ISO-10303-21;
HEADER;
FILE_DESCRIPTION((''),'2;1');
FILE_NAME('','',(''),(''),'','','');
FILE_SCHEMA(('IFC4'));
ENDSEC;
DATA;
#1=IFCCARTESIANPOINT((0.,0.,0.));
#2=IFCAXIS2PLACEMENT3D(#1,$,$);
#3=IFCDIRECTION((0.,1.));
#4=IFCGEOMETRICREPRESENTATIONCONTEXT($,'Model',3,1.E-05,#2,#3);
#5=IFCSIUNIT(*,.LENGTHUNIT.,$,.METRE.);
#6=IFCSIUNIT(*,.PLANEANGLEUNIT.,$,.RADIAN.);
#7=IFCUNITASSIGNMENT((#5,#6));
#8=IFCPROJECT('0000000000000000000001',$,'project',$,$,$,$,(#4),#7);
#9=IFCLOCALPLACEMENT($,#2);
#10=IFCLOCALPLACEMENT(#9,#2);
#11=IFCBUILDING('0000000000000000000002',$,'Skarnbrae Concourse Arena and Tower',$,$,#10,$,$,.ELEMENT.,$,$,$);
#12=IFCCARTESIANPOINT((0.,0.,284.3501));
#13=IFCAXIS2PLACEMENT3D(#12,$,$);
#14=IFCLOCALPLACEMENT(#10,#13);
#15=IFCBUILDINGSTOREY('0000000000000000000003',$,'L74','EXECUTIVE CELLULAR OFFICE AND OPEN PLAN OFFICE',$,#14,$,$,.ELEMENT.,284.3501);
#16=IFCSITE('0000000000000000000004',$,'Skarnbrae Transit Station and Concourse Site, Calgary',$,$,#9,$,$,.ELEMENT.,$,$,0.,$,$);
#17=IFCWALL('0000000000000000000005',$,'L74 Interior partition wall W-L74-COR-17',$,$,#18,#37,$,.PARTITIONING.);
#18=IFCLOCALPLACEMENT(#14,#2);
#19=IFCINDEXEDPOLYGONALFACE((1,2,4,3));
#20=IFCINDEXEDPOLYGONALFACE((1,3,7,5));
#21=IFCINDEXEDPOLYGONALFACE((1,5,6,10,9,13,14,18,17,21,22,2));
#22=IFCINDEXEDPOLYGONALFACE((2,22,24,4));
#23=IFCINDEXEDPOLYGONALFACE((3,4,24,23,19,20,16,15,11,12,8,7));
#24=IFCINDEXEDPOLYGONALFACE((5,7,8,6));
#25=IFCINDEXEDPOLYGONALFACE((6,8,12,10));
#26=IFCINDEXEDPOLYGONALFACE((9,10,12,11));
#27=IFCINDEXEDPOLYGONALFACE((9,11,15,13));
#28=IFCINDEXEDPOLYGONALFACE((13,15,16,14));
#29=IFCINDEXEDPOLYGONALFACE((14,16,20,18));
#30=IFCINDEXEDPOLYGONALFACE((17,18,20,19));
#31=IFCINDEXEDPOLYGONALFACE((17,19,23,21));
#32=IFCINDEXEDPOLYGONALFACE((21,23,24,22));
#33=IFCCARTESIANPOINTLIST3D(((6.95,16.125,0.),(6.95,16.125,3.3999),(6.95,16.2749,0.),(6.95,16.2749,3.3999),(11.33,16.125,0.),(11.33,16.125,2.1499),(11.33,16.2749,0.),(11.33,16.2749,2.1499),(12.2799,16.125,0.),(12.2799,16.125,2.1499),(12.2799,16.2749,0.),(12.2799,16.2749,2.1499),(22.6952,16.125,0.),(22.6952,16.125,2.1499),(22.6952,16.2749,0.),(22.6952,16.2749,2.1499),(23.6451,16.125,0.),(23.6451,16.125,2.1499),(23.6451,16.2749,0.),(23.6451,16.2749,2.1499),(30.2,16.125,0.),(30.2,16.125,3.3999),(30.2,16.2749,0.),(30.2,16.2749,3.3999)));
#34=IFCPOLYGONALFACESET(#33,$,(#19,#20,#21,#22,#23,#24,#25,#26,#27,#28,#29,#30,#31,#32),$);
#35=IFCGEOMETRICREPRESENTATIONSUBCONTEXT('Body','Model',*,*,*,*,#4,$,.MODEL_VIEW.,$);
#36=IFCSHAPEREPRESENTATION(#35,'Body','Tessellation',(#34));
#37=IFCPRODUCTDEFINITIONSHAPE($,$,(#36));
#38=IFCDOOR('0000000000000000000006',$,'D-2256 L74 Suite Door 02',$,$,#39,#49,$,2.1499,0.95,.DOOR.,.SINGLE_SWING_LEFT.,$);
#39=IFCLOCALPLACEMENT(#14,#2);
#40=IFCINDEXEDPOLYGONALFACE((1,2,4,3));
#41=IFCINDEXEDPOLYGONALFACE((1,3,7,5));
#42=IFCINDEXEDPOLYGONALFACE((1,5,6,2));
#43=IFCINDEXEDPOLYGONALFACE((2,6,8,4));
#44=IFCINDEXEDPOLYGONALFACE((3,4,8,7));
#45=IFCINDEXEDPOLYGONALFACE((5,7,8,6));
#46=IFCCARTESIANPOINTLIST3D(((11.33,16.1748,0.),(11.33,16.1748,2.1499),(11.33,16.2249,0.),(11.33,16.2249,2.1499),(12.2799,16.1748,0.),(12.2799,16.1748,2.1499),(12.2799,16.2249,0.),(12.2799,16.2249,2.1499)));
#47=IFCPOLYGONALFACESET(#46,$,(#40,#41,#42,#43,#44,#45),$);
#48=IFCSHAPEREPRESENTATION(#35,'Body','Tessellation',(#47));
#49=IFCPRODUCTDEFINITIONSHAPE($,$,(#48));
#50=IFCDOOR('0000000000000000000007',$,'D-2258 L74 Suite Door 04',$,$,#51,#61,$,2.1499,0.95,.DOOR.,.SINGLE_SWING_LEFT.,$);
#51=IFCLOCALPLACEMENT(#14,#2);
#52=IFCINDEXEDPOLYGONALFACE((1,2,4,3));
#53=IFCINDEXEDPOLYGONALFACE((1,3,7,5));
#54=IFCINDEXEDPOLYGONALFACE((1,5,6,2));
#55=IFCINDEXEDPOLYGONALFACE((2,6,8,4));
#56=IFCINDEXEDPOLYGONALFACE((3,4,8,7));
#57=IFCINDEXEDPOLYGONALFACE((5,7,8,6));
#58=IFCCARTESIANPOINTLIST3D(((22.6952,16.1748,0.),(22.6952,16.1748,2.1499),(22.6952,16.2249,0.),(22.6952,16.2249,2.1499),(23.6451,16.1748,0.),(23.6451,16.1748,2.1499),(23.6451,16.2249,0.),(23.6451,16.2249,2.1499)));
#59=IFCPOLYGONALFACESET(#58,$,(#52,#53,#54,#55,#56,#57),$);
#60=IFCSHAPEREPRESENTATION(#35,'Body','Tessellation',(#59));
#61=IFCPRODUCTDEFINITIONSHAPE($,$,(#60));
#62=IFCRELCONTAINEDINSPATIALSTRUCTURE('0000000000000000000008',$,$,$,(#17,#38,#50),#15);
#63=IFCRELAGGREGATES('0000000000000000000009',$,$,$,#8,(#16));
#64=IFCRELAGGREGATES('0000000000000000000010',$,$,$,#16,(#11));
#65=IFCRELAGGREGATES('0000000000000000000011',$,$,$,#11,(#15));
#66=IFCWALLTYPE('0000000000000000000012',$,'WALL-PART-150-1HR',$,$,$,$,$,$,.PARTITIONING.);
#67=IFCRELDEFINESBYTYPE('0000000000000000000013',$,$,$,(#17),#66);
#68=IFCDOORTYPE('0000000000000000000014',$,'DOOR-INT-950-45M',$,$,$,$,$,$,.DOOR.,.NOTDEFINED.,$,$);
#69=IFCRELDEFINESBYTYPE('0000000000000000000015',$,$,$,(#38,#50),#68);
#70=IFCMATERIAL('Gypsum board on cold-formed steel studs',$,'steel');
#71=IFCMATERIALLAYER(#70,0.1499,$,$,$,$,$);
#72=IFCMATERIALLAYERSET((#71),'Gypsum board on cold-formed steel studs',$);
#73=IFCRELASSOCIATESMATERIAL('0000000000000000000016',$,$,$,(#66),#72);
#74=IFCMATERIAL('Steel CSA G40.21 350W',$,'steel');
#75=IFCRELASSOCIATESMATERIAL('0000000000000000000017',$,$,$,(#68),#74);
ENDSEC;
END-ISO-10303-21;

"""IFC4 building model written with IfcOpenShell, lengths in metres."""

from ifc_helpers import new_model, si_unit, direction, frame, frame_2d, origin, place, context, subcontext, project, spatial, rectangle, extrude, source, transform, mapped, material, layer, layer_set, type_object, element, fill, save


model = new_model("IFC4")

# Units and contexts
model_context = context("Model", 3, precision=1e-05, world=origin(), true_north=direction((0.0, 1.0)))
body_context = subcontext(model_context, "Body", "Model", "MODEL_VIEW")
ifc_project = project(units=[si_unit("LENGTHUNIT", "METRE"), si_unit("PLANEANGLEUNIT", "RADIAN")], contexts=[model_context])

# Site, building, storey
site_placement = place(None, origin())
site = spatial("IfcSite", under=ifc_project, at=site_placement, Name="Skarnbrae Transit Station and Concourse Site, Calgary", CompositionType="ELEMENT", RefElevation=0.0)
building_placement = place(site_placement, origin())
building = spatial("IfcBuilding", under=site, at=building_placement, Name="Skarnbrae Concourse Arena and Tower", CompositionType="ELEMENT")
storey_placement = place(building_placement, frame((0.0, 0.0, 284.3501)))
storey = spatial("IfcBuildingStorey", under=building, at=storey_placement, Name="L74", Description="EXECUTIVE CELLULAR OFFICE AND OPEN PLAN OFFICE", CompositionType="ELEMENT", Elevation=284.3501)

# Shared definitions
ifc_material_1 = material(Name="Steel CSA G40.21 350W", Category="steel")

# Shared definitions
ifc_material_2 = material(Name="Gypsum board on cold-formed steel studs", Category="steel")
ifc_layer_1 = layer(ifc_material_2, 0.1499)
ifc_layer_set_1 = layer_set([ifc_layer_1], Name="Gypsum board on cold-formed steel studs")
wall_type_1 = type_object("IfcWallType", Name="WALL-PART-150-1HR", PredefinedType="PARTITIONING", material=ifc_layer_set_1)

# Wall, openings, doors
shared_shape_1 = source(origin(), body_context, "Body", "SweptSolid", [
    extrude(rectangle(XDim=23.25, YDim=0.1499, at=frame_2d((11.625, 0.0))), origin(), (0.0, 0.0, 1.0), 3.3999),
])
wall_1_placement = place(storey_placement, frame((6.95, 16.2, 0.0), z_axis=(0.0, 0.0, 1.0), x_axis=(1.0, 0.0, 0.0)))
wall_1 = element("IfcWall", 1, at=wall_1_placement, inside=storey, type_object=wall_type_1, Name="L74 Interior partition wall W-L74-COR-17", PredefinedType="PARTITIONING", context=body_context, shape_type="MappedRepresentation", body=[
    mapped(shared_shape_1, transform((0.0, 0.0, 0.0))),
])
opening_1_placement = place(wall_1_placement, frame((4.3799, 0.0, 0.0)))
opening_1 = element("IfcOpeningElement", 2, at=opening_1_placement, cuts=wall_1, PredefinedType="OPENING", context=body_context, shape_type="SweptSolid", body=[
    extrude(rectangle(XDim=0.95, YDim=2.1499, at=frame_2d((0.4751, 1.075))), frame((0.0, 0.085, 0.0), z_axis=(0.0, -1.0, 0.0), x_axis=(1.0, 0.0, 0.0)), (0.0, 0.0, 1.0), 0.1699),
])
opening_2_placement = place(wall_1_placement, frame((15.7451, 0.0, 0.0)))
opening_2 = element("IfcOpeningElement", 3, at=opening_2_placement, cuts=wall_1, PredefinedType="OPENING", context=body_context, shape_type="SweptSolid", body=[
    extrude(rectangle(XDim=0.95, YDim=2.1499, at=frame_2d((0.4751, 1.075))), frame((0.0, 0.085, 0.0), z_axis=(0.0, -1.0, 0.0), x_axis=(1.0, 0.0, 0.0)), (0.0, 0.0, 1.0), 0.1699),
])
door_type_1 = type_object("IfcDoorType", Name="DOOR-INT-950-45M", OperationType="NOTDEFINED", PredefinedType="DOOR", material=ifc_material_1)
shared_shape_2 = source(origin(), body_context, "Body", "SweptSolid", [
    extrude(rectangle(XDim=0.95, YDim=2.1499, at=frame_2d((0.4751, 1.075))), frame((0.0, 0.0249, 0.0), z_axis=(0.0, -1.0, 0.0), x_axis=(1.0, 0.0, 0.0)), (0.0, 0.0, 1.0), 0.05),
])
door_1_placement = place(opening_1_placement, origin())
door_1 = element("IfcDoor", 4, at=door_1_placement, inside=storey, type_object=door_type_1, Name="D-2256 L74 Suite Door 02", OperationType="SINGLE_SWING_LEFT", OverallHeight=2.1499, OverallWidth=0.95, PredefinedType="DOOR", context=body_context, shape_type="MappedRepresentation", body=[
    mapped(shared_shape_2, transform((0.0, 0.0, 0.0))),
])
fill(opening_1, door_1)
door_2_placement = place(opening_2_placement, origin())
door_2 = element("IfcDoor", 5, at=door_2_placement, inside=storey, type_object=door_type_1, Name="D-2258 L74 Suite Door 04", OperationType="SINGLE_SWING_LEFT", OverallHeight=2.1499, OverallWidth=0.95, PredefinedType="DOOR", context=body_context, shape_type="MappedRepresentation", body=[
    mapped(shared_shape_2, transform((0.0, 0.0, 0.0))),
])
fill(opening_2, door_2)

save(model, "model.ifc")
